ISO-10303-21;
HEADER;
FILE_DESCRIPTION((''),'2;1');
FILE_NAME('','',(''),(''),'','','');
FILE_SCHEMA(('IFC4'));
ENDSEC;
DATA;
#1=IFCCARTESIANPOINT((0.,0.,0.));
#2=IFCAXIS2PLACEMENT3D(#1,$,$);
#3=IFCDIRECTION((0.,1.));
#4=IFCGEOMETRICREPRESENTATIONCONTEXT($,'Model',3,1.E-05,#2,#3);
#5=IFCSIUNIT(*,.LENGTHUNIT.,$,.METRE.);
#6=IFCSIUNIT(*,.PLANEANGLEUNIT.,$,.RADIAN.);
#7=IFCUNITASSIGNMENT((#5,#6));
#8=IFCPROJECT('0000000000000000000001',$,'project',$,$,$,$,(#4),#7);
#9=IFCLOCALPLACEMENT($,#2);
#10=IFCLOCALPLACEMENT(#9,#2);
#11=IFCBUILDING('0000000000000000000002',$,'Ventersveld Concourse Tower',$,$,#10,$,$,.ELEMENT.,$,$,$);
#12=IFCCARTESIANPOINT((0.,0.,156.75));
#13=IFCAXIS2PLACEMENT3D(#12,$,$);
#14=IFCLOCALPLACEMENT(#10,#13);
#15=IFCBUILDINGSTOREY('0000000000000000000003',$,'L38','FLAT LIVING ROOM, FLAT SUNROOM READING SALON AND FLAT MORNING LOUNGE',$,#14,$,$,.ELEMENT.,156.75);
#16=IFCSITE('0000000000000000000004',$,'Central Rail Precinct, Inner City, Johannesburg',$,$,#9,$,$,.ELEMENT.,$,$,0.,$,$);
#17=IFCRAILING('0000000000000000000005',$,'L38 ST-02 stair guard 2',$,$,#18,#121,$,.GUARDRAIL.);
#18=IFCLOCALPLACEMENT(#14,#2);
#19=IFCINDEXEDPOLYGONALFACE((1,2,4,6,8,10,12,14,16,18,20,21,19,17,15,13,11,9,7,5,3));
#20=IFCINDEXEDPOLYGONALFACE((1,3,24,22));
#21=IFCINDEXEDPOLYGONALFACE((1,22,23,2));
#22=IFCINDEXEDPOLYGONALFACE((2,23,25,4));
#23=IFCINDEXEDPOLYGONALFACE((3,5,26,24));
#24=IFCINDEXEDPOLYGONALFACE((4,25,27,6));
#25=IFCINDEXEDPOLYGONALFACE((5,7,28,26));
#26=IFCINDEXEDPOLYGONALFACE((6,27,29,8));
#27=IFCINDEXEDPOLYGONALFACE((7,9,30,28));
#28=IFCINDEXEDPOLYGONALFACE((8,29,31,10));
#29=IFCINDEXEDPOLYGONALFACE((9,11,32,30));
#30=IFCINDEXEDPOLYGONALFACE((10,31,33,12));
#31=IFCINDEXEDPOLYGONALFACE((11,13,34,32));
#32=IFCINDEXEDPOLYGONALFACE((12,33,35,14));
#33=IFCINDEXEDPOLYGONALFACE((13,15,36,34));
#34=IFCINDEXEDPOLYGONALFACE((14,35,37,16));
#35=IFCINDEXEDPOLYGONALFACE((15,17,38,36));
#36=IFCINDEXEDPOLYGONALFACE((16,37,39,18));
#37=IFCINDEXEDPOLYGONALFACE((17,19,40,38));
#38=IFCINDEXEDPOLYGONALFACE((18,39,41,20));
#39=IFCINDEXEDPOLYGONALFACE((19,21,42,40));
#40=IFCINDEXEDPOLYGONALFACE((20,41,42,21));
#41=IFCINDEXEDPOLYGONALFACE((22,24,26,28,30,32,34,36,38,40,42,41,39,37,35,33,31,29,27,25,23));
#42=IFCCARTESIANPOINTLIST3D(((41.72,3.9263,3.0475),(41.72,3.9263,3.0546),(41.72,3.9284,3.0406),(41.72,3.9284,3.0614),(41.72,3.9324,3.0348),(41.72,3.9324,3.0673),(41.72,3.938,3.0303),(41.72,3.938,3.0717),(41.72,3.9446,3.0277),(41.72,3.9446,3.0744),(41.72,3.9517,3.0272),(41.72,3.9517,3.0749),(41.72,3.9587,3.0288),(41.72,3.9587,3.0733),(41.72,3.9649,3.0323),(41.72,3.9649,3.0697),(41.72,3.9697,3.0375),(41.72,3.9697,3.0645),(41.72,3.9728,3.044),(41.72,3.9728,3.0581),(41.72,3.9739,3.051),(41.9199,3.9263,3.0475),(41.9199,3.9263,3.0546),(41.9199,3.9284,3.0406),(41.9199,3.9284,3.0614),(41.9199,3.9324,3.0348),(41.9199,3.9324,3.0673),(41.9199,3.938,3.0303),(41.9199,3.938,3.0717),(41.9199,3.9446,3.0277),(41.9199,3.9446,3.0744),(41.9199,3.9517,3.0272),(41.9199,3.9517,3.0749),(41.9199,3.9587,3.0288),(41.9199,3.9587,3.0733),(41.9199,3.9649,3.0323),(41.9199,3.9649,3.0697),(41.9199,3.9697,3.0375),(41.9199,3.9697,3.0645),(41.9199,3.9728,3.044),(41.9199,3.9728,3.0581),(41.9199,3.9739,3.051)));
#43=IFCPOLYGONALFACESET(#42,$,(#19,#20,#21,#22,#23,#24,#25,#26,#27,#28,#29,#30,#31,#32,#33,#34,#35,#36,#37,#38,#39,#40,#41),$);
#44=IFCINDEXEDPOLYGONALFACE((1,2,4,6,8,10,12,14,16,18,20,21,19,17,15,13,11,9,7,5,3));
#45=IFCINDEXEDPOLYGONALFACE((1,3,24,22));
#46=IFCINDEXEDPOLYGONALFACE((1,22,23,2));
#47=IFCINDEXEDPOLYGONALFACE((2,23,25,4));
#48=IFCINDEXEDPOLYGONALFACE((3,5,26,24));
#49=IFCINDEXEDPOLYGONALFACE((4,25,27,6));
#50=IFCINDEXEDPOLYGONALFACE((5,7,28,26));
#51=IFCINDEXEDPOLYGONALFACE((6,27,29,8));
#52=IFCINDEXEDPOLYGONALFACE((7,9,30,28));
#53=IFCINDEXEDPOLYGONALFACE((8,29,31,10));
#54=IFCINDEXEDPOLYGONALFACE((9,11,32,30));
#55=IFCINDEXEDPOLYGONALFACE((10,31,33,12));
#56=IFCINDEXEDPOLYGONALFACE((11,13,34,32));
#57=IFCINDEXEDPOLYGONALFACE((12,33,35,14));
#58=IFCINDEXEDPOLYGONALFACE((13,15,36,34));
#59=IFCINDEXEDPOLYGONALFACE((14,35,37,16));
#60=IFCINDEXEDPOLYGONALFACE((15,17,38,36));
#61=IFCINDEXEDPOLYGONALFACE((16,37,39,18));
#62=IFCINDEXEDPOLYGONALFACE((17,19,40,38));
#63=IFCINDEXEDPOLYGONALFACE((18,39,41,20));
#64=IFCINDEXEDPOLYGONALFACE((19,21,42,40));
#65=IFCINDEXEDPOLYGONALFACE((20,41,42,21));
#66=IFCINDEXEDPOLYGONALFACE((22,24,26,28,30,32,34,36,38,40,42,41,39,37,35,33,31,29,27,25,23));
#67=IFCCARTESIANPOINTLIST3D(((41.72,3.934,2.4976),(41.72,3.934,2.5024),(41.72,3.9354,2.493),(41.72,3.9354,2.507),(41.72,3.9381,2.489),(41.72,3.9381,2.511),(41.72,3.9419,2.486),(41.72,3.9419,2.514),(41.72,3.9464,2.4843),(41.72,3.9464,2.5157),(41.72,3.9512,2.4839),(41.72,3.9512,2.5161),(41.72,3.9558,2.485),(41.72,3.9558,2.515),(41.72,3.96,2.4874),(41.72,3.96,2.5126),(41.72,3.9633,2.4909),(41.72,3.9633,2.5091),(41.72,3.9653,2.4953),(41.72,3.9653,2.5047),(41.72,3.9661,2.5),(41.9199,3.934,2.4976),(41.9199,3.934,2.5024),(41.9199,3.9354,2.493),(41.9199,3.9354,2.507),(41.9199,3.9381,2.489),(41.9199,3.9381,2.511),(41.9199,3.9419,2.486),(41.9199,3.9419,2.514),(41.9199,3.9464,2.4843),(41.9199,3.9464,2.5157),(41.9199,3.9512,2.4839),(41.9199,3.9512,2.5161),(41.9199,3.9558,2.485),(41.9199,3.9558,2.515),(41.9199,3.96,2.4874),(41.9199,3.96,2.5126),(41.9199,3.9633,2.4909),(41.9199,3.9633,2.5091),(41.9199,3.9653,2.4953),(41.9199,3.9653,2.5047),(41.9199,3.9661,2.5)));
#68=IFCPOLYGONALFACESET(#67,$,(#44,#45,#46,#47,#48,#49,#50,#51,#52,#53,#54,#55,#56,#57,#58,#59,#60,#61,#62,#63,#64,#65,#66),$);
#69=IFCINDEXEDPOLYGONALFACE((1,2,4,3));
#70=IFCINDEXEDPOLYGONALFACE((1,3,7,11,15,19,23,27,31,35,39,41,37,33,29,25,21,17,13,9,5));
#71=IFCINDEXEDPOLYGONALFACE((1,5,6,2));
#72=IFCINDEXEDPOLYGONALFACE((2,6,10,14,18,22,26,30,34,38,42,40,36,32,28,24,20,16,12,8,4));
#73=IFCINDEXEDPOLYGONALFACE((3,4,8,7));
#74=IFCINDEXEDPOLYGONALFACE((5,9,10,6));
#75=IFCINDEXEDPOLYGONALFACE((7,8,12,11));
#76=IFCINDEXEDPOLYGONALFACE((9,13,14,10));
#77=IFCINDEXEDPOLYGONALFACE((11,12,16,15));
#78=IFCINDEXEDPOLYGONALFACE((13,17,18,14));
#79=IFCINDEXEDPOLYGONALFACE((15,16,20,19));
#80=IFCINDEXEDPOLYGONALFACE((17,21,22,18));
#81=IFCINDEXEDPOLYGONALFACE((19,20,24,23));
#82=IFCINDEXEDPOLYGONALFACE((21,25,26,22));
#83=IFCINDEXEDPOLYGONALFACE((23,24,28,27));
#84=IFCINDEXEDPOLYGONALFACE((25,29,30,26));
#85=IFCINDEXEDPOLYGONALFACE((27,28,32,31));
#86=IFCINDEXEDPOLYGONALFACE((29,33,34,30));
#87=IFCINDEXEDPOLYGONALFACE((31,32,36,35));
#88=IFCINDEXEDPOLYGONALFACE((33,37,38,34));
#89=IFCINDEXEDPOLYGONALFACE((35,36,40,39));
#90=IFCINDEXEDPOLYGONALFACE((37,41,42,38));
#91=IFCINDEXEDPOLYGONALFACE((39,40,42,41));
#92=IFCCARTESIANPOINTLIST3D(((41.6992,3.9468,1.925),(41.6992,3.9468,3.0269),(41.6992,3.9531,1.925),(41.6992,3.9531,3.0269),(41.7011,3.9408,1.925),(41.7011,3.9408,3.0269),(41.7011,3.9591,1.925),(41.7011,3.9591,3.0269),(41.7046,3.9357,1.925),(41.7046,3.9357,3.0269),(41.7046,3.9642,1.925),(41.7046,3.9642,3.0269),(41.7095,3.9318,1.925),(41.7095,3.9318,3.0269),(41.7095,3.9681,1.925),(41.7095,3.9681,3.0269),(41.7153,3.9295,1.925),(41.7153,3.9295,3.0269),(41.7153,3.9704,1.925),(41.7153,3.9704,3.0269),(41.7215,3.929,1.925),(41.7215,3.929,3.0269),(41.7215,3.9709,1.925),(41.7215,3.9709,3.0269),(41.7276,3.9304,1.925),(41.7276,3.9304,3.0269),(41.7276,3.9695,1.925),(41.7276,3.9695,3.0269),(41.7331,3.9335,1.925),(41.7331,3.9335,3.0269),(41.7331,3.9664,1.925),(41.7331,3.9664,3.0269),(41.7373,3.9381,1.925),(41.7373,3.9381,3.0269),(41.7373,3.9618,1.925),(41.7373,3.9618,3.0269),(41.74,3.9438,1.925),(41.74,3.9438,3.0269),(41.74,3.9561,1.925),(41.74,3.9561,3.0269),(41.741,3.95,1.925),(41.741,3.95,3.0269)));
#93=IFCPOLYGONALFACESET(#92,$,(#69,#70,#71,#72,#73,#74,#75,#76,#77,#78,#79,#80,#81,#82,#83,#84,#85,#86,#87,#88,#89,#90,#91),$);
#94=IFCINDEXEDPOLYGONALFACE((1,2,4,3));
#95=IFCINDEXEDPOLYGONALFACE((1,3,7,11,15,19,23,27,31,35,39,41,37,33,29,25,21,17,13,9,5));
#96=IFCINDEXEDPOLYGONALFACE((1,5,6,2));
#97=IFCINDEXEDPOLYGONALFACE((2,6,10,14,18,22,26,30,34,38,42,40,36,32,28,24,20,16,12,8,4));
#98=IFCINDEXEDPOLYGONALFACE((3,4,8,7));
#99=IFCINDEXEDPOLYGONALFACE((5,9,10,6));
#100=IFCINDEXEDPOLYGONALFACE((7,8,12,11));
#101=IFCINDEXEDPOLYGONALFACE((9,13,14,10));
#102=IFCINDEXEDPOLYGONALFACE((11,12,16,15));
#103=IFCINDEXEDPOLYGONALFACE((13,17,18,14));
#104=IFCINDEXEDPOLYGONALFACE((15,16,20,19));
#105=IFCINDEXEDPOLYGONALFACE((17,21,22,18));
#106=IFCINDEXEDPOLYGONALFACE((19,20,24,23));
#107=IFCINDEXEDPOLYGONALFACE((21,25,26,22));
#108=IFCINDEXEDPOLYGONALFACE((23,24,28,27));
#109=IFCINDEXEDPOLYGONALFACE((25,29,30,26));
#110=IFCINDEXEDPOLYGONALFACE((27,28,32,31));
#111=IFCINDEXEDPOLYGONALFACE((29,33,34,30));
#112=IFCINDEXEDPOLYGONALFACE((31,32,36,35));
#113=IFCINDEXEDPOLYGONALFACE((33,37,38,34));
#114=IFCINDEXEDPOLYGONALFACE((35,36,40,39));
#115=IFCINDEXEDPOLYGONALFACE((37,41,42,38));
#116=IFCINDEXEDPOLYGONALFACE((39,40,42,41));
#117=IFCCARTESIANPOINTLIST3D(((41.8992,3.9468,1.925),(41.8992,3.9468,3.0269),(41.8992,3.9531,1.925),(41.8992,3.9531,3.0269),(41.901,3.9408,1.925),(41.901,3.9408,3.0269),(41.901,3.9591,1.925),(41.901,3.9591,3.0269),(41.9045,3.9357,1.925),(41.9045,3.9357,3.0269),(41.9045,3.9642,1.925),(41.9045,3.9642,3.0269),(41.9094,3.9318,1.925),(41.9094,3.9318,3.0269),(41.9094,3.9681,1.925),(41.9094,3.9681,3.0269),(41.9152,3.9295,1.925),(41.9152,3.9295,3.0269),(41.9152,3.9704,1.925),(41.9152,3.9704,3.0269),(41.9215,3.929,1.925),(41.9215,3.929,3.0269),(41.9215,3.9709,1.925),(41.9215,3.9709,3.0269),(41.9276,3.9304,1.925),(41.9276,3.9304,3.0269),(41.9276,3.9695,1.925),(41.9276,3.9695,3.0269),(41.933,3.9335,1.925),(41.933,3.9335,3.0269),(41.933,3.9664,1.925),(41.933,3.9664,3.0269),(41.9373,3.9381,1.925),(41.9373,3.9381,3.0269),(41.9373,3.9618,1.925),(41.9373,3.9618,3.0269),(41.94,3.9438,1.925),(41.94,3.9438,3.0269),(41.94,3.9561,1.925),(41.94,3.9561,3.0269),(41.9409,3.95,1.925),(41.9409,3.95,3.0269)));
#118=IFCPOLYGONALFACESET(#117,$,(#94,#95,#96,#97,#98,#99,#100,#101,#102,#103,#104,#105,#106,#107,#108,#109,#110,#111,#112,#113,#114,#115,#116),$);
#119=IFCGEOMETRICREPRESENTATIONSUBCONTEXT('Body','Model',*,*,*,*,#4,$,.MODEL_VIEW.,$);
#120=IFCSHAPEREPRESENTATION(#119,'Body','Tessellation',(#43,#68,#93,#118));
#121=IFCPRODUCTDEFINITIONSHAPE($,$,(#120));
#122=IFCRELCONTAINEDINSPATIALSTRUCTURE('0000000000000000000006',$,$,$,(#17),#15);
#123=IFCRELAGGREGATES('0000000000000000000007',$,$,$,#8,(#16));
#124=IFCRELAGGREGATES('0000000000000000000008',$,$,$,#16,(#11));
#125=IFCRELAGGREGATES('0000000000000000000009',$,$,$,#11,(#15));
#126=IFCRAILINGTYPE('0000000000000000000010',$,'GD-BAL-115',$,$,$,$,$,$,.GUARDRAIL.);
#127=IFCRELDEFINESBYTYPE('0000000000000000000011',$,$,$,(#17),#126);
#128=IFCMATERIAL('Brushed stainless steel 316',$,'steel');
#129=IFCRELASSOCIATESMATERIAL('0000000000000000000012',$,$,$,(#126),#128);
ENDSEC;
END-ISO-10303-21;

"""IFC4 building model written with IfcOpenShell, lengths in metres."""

from ifc_helpers import new_model, si_unit, direction, frame, origin, origin_2d, place, context, subcontext, project, spatial, circle, extrude, material, type_object, element, save


model = new_model("IFC4")

# Units and contexts
model_context = context("Model", 3, precision=1e-05, world=origin(), true_north=direction((0.0, 1.0)))
body_context = subcontext(model_context, "Body", "Model", "MODEL_VIEW")
ifc_project = project(units=[si_unit("LENGTHUNIT", "METRE"), si_unit("PLANEANGLEUNIT", "RADIAN")], contexts=[model_context])

# Site, building, storey
site_placement = place(None, origin())
site = spatial("IfcSite", under=ifc_project, at=site_placement, Name="Central Rail Precinct, Inner City, Johannesburg", CompositionType="ELEMENT", RefElevation=0.0)
building_placement = place(site_placement, origin())
building = spatial("IfcBuilding", under=site, at=building_placement, Name="Ventersveld Concourse Tower", CompositionType="ELEMENT")
storey_placement = place(building_placement, frame((0.0, 0.0, 156.75)))
storey = spatial("IfcBuildingStorey", under=building, at=storey_placement, Name="L38", Description="FLAT LIVING ROOM, FLAT SUNROOM READING SALON AND FLAT MORNING LOUNGE", CompositionType="ELEMENT", Elevation=156.75)

# Shared definitions
ifc_material_1 = material(Name="Brushed stainless steel 316", Category="steel")

# Railing
railing_type_1 = type_object("IfcRailingType", Name="GD-BAL-115", PredefinedType="GUARDRAIL", material=ifc_material_1)
railing_1_placement = place(storey_placement, frame((41.72, 3.95, 1.925)))
element("IfcRailing", 1, at=railing_1_placement, inside=storey, type_object=railing_type_1, Name="L38 ST-02 stair guard 2", PredefinedType="GUARDRAIL", context=body_context, shape_type="SweptSolid", body=[
    extrude(circle(Radius=0.0239, at=origin_2d()), frame((0.0, 0.0, 1.126), z_axis=(1.0, 0.0, 0.0), x_axis=(0.0, 1.0, 0.0)), (0.0, 0.0, 1.0), 0.2),
    extrude(circle(Radius=0.0161, at=origin_2d()), frame((0.0, 0.0, 0.575), z_axis=(1.0, 0.0, 0.0), x_axis=(0.0, 1.0, 0.0)), (0.0, 0.0, 1.0), 0.2),
    extrude(circle(Radius=0.021, at=origin_2d()), origin(), (0.0, 0.0, 1.0), 1.1018),
    extrude(circle(Radius=0.021, at=origin_2d()), frame((0.2, 0.0, 0.0)), (0.0, 0.0, 1.0), 1.1018),
])

save(model, "model.ifc")
